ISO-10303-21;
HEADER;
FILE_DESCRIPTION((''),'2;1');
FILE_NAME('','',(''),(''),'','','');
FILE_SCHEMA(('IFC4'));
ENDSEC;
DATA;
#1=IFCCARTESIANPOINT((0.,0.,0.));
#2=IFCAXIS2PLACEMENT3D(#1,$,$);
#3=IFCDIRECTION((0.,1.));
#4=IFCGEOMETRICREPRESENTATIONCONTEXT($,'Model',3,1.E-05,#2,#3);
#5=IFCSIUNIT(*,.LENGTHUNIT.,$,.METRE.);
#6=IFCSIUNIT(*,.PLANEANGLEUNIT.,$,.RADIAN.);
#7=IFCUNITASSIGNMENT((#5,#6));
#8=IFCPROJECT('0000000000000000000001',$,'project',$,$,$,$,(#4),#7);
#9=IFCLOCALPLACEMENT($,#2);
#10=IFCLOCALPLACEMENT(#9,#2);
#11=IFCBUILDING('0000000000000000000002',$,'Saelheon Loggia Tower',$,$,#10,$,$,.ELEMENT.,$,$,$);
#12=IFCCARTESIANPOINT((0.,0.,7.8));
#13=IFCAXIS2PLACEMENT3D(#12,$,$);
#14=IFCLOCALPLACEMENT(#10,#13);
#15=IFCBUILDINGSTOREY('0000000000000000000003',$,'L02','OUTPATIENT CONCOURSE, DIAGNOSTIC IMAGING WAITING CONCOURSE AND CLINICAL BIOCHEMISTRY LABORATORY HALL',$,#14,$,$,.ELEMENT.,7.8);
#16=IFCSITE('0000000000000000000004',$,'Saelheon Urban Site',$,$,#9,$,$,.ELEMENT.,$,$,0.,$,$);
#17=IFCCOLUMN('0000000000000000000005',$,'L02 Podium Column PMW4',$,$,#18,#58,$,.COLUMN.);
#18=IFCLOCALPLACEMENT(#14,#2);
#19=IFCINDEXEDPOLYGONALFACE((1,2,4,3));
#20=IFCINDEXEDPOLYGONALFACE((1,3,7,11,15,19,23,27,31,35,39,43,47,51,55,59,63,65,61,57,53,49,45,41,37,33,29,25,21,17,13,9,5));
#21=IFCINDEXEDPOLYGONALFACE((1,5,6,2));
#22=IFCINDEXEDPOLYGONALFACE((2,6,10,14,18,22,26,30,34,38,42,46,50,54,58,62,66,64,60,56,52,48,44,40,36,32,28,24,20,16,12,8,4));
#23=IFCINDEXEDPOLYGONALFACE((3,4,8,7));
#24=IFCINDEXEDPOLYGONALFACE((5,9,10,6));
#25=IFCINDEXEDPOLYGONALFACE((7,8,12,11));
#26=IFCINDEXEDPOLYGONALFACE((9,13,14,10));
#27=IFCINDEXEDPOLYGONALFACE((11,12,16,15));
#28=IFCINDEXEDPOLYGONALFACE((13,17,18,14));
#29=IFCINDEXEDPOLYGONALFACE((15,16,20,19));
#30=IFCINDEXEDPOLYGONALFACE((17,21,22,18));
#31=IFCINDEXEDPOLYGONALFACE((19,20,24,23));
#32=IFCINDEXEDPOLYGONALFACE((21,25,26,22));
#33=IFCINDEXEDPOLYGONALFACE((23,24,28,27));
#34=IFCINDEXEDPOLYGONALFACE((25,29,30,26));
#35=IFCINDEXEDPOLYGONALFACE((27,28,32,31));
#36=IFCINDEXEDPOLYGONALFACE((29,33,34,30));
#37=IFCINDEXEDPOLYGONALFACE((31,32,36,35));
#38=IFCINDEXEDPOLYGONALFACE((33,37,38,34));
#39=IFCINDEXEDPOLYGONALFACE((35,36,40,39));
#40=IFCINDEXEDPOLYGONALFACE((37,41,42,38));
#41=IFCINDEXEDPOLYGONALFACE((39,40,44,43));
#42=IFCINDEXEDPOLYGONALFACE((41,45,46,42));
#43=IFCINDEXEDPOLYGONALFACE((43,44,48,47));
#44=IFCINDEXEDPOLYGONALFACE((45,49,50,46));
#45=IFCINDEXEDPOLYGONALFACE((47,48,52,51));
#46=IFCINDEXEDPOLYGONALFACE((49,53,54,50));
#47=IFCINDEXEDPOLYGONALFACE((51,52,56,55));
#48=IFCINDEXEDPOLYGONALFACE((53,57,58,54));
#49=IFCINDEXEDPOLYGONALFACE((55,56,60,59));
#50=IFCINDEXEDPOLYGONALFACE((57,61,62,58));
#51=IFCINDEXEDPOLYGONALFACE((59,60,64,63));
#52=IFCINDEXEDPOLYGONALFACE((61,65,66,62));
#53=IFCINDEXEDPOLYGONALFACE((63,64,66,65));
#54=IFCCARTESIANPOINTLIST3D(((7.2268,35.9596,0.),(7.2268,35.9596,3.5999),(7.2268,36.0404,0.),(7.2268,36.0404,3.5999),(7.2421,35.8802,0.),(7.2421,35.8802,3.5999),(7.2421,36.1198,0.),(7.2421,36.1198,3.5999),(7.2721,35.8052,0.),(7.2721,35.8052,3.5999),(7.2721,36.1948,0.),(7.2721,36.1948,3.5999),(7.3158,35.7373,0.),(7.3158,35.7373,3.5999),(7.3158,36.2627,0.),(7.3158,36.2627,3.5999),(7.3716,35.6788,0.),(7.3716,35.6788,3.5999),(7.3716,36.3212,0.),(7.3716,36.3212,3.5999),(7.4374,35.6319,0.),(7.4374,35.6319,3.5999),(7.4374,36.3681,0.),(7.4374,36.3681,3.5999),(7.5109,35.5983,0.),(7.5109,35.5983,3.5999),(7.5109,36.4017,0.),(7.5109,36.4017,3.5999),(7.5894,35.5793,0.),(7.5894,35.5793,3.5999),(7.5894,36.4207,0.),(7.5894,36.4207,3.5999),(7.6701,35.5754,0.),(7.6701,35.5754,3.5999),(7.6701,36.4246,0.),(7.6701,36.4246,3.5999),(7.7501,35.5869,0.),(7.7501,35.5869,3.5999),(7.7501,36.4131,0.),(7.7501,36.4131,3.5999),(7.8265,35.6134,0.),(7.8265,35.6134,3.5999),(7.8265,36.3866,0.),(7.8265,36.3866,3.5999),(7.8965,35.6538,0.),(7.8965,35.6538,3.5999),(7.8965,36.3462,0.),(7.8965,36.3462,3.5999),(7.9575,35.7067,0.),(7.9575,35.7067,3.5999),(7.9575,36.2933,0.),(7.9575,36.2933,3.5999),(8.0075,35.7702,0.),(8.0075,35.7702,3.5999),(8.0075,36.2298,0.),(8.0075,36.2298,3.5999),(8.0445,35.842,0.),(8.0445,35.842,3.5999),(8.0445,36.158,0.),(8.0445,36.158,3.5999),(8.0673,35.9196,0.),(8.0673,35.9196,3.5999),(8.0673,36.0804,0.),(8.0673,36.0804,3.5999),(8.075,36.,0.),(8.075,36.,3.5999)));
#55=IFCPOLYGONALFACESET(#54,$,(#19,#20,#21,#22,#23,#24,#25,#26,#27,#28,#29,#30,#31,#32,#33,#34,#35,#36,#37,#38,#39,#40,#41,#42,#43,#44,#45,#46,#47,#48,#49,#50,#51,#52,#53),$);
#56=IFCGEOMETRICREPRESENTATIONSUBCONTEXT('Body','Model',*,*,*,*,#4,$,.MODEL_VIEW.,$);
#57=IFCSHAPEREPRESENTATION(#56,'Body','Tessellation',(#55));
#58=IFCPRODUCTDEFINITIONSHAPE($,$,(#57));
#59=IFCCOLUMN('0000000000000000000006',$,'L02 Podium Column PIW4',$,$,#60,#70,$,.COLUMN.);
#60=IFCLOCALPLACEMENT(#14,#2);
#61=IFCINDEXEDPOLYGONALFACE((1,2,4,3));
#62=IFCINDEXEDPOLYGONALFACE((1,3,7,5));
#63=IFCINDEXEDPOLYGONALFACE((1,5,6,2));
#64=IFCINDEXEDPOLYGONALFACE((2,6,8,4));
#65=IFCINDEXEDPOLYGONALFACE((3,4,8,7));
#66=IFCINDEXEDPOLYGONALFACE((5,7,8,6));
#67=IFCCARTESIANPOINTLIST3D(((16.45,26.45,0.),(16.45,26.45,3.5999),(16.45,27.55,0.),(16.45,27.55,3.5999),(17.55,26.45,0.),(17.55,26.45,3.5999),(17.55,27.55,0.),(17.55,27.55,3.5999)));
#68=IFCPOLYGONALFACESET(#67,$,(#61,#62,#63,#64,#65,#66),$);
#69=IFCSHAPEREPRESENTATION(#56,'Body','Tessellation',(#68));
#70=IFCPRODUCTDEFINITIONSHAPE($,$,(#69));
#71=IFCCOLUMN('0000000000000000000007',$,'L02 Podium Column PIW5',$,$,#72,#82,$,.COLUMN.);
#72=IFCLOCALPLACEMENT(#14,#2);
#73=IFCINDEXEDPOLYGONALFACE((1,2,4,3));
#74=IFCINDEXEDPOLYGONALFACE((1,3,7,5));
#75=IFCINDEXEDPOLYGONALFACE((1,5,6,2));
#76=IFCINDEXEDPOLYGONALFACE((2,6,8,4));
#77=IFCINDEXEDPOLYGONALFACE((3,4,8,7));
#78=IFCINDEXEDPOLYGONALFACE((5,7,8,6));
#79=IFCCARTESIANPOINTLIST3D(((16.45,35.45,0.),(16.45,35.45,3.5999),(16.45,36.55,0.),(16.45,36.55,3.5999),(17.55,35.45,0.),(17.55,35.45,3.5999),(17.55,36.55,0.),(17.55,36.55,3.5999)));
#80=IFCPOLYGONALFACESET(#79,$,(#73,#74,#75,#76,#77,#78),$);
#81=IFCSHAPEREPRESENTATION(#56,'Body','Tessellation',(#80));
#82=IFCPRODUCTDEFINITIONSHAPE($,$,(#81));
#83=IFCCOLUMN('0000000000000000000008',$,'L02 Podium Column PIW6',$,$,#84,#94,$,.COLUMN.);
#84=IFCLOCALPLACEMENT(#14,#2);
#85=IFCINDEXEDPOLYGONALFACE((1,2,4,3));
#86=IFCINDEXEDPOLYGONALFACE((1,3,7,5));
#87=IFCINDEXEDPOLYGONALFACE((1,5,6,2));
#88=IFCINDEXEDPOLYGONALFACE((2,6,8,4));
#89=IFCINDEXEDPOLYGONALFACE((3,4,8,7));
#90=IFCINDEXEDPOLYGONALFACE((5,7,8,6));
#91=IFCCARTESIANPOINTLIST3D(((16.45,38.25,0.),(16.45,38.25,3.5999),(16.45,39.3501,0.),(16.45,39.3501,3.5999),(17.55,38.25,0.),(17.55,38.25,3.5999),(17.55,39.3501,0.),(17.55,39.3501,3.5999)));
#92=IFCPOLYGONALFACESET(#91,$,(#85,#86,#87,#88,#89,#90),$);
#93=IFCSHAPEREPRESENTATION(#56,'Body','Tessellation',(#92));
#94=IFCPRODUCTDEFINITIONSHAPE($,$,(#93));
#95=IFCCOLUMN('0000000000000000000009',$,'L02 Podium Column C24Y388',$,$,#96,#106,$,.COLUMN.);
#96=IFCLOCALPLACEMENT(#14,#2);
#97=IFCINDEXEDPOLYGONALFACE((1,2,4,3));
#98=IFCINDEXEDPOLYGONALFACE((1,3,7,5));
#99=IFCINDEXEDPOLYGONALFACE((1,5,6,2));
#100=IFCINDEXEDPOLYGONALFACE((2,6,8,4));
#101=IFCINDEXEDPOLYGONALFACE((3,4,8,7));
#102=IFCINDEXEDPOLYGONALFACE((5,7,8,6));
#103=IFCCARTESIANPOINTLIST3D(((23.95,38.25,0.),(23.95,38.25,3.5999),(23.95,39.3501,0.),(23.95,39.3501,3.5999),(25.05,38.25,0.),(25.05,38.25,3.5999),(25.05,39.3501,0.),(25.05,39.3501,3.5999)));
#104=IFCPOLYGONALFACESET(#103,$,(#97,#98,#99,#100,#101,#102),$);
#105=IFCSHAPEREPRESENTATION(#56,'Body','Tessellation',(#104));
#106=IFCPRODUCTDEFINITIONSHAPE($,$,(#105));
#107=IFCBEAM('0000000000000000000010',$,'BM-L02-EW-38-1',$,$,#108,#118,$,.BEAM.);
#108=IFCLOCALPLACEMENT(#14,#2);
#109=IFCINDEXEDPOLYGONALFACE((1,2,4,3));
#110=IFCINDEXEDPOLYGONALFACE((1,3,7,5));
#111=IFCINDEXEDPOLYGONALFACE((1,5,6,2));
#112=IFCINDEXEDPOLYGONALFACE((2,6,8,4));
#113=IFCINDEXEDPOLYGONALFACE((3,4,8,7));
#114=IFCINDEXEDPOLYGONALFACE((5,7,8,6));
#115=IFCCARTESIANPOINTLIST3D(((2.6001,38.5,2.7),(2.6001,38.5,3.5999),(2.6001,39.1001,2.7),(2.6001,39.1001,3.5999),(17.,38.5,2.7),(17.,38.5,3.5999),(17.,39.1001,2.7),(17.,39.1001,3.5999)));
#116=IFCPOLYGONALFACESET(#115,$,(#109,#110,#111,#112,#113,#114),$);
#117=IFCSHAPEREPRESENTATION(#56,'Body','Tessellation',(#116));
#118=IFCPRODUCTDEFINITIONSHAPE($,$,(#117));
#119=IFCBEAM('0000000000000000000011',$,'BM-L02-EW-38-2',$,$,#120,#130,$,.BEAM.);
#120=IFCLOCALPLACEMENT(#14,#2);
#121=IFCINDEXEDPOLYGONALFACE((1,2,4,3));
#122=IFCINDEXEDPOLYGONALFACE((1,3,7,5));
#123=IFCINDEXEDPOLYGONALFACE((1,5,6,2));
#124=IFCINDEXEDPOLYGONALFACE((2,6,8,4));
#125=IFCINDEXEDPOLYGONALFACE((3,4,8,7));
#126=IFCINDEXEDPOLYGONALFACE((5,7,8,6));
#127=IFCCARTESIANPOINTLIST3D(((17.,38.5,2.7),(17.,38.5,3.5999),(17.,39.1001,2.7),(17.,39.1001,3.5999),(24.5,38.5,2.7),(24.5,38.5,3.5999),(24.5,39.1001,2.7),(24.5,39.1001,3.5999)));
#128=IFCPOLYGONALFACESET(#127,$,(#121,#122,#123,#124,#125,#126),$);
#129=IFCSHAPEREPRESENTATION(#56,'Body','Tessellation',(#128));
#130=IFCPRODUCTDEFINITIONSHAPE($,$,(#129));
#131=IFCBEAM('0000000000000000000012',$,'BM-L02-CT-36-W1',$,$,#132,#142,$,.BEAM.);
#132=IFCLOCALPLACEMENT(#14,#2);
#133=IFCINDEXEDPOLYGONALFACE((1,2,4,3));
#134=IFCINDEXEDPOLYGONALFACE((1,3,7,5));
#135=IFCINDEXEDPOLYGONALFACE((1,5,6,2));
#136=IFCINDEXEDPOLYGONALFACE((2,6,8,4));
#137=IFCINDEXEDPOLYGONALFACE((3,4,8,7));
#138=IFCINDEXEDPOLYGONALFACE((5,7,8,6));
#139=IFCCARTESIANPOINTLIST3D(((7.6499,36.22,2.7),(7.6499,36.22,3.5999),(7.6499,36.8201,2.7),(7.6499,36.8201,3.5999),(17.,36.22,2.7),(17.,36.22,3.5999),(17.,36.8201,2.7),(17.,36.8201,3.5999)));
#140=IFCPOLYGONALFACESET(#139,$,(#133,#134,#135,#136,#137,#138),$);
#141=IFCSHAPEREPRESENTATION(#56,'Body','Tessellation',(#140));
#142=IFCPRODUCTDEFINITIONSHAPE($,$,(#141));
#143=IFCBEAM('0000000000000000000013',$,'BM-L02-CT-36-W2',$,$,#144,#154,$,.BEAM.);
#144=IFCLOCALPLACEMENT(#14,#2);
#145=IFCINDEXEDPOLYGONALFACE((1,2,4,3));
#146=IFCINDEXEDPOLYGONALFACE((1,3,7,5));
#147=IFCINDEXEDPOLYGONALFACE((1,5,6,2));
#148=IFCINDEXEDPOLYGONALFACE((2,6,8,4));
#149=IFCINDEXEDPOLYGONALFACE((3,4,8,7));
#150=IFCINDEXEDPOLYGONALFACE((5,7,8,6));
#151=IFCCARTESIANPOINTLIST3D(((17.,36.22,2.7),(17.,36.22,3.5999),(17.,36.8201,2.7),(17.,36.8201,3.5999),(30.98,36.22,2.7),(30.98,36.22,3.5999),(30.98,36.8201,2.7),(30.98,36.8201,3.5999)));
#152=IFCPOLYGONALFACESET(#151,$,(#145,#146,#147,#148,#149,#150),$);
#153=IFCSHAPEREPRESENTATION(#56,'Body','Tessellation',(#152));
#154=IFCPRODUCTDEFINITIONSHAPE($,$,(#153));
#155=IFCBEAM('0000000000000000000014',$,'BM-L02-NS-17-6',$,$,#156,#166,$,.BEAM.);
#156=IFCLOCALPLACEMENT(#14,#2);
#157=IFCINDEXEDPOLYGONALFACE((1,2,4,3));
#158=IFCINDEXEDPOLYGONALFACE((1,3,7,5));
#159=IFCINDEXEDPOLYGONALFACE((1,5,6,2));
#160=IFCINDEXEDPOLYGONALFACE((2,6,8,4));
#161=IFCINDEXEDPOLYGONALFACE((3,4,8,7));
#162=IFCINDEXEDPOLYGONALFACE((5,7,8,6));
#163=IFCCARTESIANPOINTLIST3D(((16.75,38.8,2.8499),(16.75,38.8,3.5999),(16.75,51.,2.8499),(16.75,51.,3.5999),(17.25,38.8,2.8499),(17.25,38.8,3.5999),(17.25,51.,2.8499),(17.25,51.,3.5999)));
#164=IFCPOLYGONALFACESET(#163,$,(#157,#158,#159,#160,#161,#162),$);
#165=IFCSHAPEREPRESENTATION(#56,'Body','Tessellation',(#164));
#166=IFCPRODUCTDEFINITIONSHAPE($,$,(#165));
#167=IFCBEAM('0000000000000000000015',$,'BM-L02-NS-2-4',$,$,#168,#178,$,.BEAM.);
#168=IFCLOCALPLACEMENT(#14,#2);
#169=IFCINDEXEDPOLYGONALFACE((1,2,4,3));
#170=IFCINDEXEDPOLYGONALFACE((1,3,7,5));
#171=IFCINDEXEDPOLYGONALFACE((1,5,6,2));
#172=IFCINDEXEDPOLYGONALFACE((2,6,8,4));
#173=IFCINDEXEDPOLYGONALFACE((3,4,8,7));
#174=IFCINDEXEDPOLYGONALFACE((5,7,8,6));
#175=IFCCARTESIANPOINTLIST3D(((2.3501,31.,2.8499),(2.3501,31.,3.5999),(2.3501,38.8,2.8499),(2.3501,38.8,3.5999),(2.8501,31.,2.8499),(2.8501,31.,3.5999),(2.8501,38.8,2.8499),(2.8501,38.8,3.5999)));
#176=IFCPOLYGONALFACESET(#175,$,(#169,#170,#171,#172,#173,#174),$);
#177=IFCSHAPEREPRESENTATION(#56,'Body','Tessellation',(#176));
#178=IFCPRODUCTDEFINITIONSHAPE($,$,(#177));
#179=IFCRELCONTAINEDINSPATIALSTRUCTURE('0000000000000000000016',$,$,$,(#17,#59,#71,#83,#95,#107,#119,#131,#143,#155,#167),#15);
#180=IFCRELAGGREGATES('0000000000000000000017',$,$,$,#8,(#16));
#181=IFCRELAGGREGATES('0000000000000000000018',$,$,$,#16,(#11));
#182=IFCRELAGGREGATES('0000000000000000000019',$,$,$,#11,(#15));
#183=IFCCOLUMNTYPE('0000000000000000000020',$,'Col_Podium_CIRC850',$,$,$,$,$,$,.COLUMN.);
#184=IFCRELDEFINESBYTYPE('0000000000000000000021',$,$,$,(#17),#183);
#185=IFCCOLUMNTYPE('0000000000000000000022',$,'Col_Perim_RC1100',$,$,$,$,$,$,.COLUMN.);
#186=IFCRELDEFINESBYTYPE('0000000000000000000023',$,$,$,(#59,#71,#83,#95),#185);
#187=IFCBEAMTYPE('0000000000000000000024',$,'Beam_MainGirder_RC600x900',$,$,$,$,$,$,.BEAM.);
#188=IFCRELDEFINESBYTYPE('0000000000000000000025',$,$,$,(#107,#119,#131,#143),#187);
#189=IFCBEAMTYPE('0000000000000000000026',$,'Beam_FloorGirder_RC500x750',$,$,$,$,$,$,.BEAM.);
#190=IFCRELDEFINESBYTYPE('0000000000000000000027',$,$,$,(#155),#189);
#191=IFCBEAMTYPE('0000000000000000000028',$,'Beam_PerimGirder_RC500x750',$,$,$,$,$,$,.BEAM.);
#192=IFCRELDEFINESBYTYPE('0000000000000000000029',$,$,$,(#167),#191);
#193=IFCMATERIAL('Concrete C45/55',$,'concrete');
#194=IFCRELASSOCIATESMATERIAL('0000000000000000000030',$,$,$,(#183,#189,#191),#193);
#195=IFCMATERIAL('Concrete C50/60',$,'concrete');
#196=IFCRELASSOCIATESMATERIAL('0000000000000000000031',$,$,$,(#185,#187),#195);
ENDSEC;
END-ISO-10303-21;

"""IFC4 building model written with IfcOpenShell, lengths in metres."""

from ifc_helpers import new_model, si_unit, direction, frame, origin, origin_2d, place, context, subcontext, project, spatial, rectangle, circle, extrude, source, transform, mapped, material, material_profile, profile_set, type_object, element, save


model = new_model("IFC4")

# Units and contexts
model_context = context("Model", 3, precision=1e-05, world=origin(), true_north=direction((0.0, 1.0)))
body_context = subcontext(model_context, "Body", "Model", "MODEL_VIEW")
ifc_project = project(units=[si_unit("LENGTHUNIT", "METRE"), si_unit("PLANEANGLEUNIT", "RADIAN")], contexts=[model_context])

# Site, building, storey
site_placement = place(None, origin())
site = spatial("IfcSite", under=ifc_project, at=site_placement, Name="Saelheon Urban Site", CompositionType="ELEMENT", RefElevation=0.0)
building_placement = place(site_placement, origin())
building = spatial("IfcBuilding", under=site, at=building_placement, Name="Saelheon Loggia Tower", CompositionType="ELEMENT")
storey_placement = place(building_placement, frame((0.0, 0.0, 7.8)))
storey = spatial("IfcBuildingStorey", under=building, at=storey_placement, Name="L02", Description="OUTPATIENT CONCOURSE, DIAGNOSTIC IMAGING WAITING CONCOURSE AND CLINICAL BIOCHEMISTRY LABORATORY HALL", CompositionType="ELEMENT", Elevation=7.8)

# Columns
ifc_material_1 = material(Name="Concrete C50/60", Category="concrete")
ifc_material_2 = material(Name="Concrete C45/55", Category="concrete")
ifc_material_profile_1 = material_profile(ifc_material_2, circle(Radius=0.425, at=origin_2d()), Name="CIRC-850")
ifc_profile_set_1 = profile_set([ifc_material_profile_1], Name="Concrete C45/55")
column_type_1 = type_object("IfcColumnType", Name="Col_Podium_CIRC850", PredefinedType="COLUMN", material=ifc_profile_set_1)
shared_shape_1 = source(origin(), body_context, "Body", "SweptSolid", [
    extrude(circle(Radius=0.425, at=origin_2d()), origin(), (0.0, 0.0, 1.0), 3.5999),
])
for number, where, z_axis, x_axis, name in (
    (1, (7.6499, 36.0, 0.0), (0.0, 0.0, 1.0), (1.0, 0.0, 0.0), "L02 Podium Column PMW4"),
):
    element("IfcColumn", number, at=place(storey_placement, frame(where, z_axis=z_axis, x_axis=x_axis)), inside=storey, type_object=column_type_1, Name=name, PredefinedType="COLUMN", context=body_context, shape_type="MappedRepresentation", body=[
        mapped(shared_shape_1, transform((0.0, 0.0, 0.0), scale=1.0)),
    ])
ifc_material_profile_2 = material_profile(ifc_material_1, rectangle(XDim=1.1001, YDim=1.1001, at=origin_2d()), Name="RC-1100x1100")
ifc_profile_set_2 = profile_set([ifc_material_profile_2], Name="Concrete C50/60")
column_type_2 = type_object("IfcColumnType", Name="Col_Perim_RC1100", PredefinedType="COLUMN", material=ifc_profile_set_2)
shared_shape_2 = source(origin(), body_context, "Body", "SweptSolid", [
    extrude(rectangle(XDim=1.1001, YDim=1.1001, at=origin_2d()), origin(), (0.0, 0.0, 1.0), 3.5999),
])
for number, where, z_axis, x_axis, name in (
    (2, (17.0, 27.0, 0.0), (0.0, 0.0, 1.0), (1.0, 0.0, 0.0), "L02 Podium Column PIW4"),
    (3, (17.0, 36.0, 0.0), (0.0, 0.0, 1.0), (1.0, 0.0, 0.0), "L02 Podium Column PIW5"),
    (4, (17.0, 38.8, 0.0), (0.0, 0.0, 1.0), (1.0, 0.0, 0.0), "L02 Podium Column PIW6"),
    (5, (24.5, 38.8, 0.0), (0.0, 0.0, 1.0), (1.0, 0.0, 0.0), "L02 Podium Column C24Y388"),
):
    element("IfcColumn", number, at=place(storey_placement, frame(where, z_axis=z_axis, x_axis=x_axis)), inside=storey, type_object=column_type_2, Name=name, PredefinedType="COLUMN", context=body_context, shape_type="MappedRepresentation", body=[
        mapped(shared_shape_2, transform((0.0, 0.0, 0.0), scale=1.0)),
    ])

# Beams
ifc_material_profile_3 = material_profile(ifc_material_1, rectangle(XDim=0.6001, YDim=0.8999, at=origin_2d()), Name="RC-600x900")
ifc_profile_set_3 = profile_set([ifc_material_profile_3], Name="Concrete C50/60")
beam_type_1 = type_object("IfcBeamType", Name="Beam_MainGirder_RC600x900", PredefinedType="BEAM", material=ifc_profile_set_3)
shared_shape_3 = source(origin(), body_context, "Body", "SweptSolid", [
    extrude(rectangle(XDim=0.6001, YDim=0.8999, at=origin_2d()), origin(), (0.0, 0.0, 1.0), 14.3999),
])
beam_1_placement = place(storey_placement, frame((2.6001, 38.8, 3.1499), z_axis=(1.0, 0.0, 0.0), x_axis=(0.0, 1.0, 0.0)))
element("IfcBeam", 6, at=beam_1_placement, inside=storey, type_object=beam_type_1, Name="BM-L02-EW-38-1", PredefinedType="BEAM", context=body_context, shape_type="MappedRepresentation", body=[
    mapped(shared_shape_3, transform((0.0, 0.0, 0.0), scale=1.0)),
])
shared_shape_4 = source(origin(), body_context, "Body", "SweptSolid", [
    extrude(rectangle(XDim=0.6001, YDim=0.8999, at=origin_2d()), origin(), (0.0, 0.0, 1.0), 7.5),
])
beam_2_placement = place(storey_placement, frame((17.0, 38.8, 3.1499), z_axis=(1.0, 0.0, 0.0), x_axis=(0.0, 1.0, 0.0)))
element("IfcBeam", 7, at=beam_2_placement, inside=storey, type_object=beam_type_1, Name="BM-L02-EW-38-2", PredefinedType="BEAM", context=body_context, shape_type="MappedRepresentation", body=[
    mapped(shared_shape_4, transform((0.0, 0.0, 0.0), scale=1.0)),
])
shared_shape_5 = source(origin(), body_context, "Body", "SweptSolid", [
    extrude(rectangle(XDim=0.6001, YDim=0.8999, at=origin_2d()), origin(), (0.0, 0.0, 1.0), 9.3501),
])
beam_3_placement = place(storey_placement, frame((7.6499, 36.52, 3.1499), z_axis=(1.0, 0.0, 0.0), x_axis=(0.0, 1.0, 0.0)))
element("IfcBeam", 8, at=beam_3_placement, inside=storey, type_object=beam_type_1, Name="BM-L02-CT-36-W1", PredefinedType="BEAM", context=body_context, shape_type="MappedRepresentation", body=[
    mapped(shared_shape_5, transform((0.0, 0.0, 0.0), scale=1.0)),
])
shared_shape_6 = source(origin(), body_context, "Body", "SweptSolid", [
    extrude(rectangle(XDim=0.6001, YDim=0.8999, at=origin_2d()), origin(), (0.0, 0.0, 1.0), 13.98),
])
beam_4_placement = place(storey_placement, frame((17.0, 36.52, 3.1499), z_axis=(1.0, 0.0, 0.0), x_axis=(0.0, 1.0, 0.0)))
element("IfcBeam", 9, at=beam_4_placement, inside=storey, type_object=beam_type_1, Name="BM-L02-CT-36-W2", PredefinedType="BEAM", context=body_context, shape_type="MappedRepresentation", body=[
    mapped(shared_shape_6, transform((0.0, 0.0, 0.0), scale=1.0)),
])
ifc_material_profile_4 = material_profile(ifc_material_2, rectangle(XDim=0.5, YDim=0.75, at=origin_2d()), Name="RC-500x750")
ifc_profile_set_4 = profile_set([ifc_material_profile_4], Name="Concrete C45/55")
beam_type_2 = type_object("IfcBeamType", Name="Beam_FloorGirder_RC500x750", PredefinedType="BEAM", material=ifc_profile_set_4)
shared_shape_7 = source(origin(), body_context, "Body", "SweptSolid", [
    extrude(rectangle(XDim=0.5, YDim=0.75, at=origin_2d()), origin(), (0.0, 0.0, 1.0), 12.2),
])
beam_5_placement = place(storey_placement, frame((17.0, 38.8, 3.2249), z_axis=(0.0, 1.0, 0.0), x_axis=(-1.0, 0.0, 0.0)))
element("IfcBeam", 10, at=beam_5_placement, inside=storey, type_object=beam_type_2, Name="BM-L02-NS-17-6", PredefinedType="BEAM", context=body_context, shape_type="MappedRepresentation", body=[
    mapped(shared_shape_7, transform((0.0, 0.0, 0.0), scale=1.0)),
])
ifc_material_profile_5 = material_profile(ifc_material_2, rectangle(XDim=0.5, YDim=0.75, at=origin_2d()), Name="RC-500x750")
ifc_profile_set_5 = profile_set([ifc_material_profile_5], Name="Concrete C45/55")
beam_type_3 = type_object("IfcBeamType", Name="Beam_PerimGirder_RC500x750", PredefinedType="BEAM", material=ifc_profile_set_5)
shared_shape_8 = source(origin(), body_context, "Body", "SweptSolid", [
    extrude(rectangle(XDim=0.5, YDim=0.75, at=origin_2d()), origin(), (0.0, 0.0, 1.0), 7.8),
])
beam_6_placement = place(storey_placement, frame((2.6001, 31.0, 3.2249), z_axis=(0.0, 1.0, 0.0), x_axis=(-1.0, 0.0, 0.0)))
element("IfcBeam", 11, at=beam_6_placement, inside=storey, type_object=beam_type_3, Name="BM-L02-NS-2-4", PredefinedType="BEAM", context=body_context, shape_type="MappedRepresentation", body=[
    mapped(shared_shape_8, transform((0.0, 0.0, 0.0), scale=1.0)),
])

save(model, "model.ifc")
